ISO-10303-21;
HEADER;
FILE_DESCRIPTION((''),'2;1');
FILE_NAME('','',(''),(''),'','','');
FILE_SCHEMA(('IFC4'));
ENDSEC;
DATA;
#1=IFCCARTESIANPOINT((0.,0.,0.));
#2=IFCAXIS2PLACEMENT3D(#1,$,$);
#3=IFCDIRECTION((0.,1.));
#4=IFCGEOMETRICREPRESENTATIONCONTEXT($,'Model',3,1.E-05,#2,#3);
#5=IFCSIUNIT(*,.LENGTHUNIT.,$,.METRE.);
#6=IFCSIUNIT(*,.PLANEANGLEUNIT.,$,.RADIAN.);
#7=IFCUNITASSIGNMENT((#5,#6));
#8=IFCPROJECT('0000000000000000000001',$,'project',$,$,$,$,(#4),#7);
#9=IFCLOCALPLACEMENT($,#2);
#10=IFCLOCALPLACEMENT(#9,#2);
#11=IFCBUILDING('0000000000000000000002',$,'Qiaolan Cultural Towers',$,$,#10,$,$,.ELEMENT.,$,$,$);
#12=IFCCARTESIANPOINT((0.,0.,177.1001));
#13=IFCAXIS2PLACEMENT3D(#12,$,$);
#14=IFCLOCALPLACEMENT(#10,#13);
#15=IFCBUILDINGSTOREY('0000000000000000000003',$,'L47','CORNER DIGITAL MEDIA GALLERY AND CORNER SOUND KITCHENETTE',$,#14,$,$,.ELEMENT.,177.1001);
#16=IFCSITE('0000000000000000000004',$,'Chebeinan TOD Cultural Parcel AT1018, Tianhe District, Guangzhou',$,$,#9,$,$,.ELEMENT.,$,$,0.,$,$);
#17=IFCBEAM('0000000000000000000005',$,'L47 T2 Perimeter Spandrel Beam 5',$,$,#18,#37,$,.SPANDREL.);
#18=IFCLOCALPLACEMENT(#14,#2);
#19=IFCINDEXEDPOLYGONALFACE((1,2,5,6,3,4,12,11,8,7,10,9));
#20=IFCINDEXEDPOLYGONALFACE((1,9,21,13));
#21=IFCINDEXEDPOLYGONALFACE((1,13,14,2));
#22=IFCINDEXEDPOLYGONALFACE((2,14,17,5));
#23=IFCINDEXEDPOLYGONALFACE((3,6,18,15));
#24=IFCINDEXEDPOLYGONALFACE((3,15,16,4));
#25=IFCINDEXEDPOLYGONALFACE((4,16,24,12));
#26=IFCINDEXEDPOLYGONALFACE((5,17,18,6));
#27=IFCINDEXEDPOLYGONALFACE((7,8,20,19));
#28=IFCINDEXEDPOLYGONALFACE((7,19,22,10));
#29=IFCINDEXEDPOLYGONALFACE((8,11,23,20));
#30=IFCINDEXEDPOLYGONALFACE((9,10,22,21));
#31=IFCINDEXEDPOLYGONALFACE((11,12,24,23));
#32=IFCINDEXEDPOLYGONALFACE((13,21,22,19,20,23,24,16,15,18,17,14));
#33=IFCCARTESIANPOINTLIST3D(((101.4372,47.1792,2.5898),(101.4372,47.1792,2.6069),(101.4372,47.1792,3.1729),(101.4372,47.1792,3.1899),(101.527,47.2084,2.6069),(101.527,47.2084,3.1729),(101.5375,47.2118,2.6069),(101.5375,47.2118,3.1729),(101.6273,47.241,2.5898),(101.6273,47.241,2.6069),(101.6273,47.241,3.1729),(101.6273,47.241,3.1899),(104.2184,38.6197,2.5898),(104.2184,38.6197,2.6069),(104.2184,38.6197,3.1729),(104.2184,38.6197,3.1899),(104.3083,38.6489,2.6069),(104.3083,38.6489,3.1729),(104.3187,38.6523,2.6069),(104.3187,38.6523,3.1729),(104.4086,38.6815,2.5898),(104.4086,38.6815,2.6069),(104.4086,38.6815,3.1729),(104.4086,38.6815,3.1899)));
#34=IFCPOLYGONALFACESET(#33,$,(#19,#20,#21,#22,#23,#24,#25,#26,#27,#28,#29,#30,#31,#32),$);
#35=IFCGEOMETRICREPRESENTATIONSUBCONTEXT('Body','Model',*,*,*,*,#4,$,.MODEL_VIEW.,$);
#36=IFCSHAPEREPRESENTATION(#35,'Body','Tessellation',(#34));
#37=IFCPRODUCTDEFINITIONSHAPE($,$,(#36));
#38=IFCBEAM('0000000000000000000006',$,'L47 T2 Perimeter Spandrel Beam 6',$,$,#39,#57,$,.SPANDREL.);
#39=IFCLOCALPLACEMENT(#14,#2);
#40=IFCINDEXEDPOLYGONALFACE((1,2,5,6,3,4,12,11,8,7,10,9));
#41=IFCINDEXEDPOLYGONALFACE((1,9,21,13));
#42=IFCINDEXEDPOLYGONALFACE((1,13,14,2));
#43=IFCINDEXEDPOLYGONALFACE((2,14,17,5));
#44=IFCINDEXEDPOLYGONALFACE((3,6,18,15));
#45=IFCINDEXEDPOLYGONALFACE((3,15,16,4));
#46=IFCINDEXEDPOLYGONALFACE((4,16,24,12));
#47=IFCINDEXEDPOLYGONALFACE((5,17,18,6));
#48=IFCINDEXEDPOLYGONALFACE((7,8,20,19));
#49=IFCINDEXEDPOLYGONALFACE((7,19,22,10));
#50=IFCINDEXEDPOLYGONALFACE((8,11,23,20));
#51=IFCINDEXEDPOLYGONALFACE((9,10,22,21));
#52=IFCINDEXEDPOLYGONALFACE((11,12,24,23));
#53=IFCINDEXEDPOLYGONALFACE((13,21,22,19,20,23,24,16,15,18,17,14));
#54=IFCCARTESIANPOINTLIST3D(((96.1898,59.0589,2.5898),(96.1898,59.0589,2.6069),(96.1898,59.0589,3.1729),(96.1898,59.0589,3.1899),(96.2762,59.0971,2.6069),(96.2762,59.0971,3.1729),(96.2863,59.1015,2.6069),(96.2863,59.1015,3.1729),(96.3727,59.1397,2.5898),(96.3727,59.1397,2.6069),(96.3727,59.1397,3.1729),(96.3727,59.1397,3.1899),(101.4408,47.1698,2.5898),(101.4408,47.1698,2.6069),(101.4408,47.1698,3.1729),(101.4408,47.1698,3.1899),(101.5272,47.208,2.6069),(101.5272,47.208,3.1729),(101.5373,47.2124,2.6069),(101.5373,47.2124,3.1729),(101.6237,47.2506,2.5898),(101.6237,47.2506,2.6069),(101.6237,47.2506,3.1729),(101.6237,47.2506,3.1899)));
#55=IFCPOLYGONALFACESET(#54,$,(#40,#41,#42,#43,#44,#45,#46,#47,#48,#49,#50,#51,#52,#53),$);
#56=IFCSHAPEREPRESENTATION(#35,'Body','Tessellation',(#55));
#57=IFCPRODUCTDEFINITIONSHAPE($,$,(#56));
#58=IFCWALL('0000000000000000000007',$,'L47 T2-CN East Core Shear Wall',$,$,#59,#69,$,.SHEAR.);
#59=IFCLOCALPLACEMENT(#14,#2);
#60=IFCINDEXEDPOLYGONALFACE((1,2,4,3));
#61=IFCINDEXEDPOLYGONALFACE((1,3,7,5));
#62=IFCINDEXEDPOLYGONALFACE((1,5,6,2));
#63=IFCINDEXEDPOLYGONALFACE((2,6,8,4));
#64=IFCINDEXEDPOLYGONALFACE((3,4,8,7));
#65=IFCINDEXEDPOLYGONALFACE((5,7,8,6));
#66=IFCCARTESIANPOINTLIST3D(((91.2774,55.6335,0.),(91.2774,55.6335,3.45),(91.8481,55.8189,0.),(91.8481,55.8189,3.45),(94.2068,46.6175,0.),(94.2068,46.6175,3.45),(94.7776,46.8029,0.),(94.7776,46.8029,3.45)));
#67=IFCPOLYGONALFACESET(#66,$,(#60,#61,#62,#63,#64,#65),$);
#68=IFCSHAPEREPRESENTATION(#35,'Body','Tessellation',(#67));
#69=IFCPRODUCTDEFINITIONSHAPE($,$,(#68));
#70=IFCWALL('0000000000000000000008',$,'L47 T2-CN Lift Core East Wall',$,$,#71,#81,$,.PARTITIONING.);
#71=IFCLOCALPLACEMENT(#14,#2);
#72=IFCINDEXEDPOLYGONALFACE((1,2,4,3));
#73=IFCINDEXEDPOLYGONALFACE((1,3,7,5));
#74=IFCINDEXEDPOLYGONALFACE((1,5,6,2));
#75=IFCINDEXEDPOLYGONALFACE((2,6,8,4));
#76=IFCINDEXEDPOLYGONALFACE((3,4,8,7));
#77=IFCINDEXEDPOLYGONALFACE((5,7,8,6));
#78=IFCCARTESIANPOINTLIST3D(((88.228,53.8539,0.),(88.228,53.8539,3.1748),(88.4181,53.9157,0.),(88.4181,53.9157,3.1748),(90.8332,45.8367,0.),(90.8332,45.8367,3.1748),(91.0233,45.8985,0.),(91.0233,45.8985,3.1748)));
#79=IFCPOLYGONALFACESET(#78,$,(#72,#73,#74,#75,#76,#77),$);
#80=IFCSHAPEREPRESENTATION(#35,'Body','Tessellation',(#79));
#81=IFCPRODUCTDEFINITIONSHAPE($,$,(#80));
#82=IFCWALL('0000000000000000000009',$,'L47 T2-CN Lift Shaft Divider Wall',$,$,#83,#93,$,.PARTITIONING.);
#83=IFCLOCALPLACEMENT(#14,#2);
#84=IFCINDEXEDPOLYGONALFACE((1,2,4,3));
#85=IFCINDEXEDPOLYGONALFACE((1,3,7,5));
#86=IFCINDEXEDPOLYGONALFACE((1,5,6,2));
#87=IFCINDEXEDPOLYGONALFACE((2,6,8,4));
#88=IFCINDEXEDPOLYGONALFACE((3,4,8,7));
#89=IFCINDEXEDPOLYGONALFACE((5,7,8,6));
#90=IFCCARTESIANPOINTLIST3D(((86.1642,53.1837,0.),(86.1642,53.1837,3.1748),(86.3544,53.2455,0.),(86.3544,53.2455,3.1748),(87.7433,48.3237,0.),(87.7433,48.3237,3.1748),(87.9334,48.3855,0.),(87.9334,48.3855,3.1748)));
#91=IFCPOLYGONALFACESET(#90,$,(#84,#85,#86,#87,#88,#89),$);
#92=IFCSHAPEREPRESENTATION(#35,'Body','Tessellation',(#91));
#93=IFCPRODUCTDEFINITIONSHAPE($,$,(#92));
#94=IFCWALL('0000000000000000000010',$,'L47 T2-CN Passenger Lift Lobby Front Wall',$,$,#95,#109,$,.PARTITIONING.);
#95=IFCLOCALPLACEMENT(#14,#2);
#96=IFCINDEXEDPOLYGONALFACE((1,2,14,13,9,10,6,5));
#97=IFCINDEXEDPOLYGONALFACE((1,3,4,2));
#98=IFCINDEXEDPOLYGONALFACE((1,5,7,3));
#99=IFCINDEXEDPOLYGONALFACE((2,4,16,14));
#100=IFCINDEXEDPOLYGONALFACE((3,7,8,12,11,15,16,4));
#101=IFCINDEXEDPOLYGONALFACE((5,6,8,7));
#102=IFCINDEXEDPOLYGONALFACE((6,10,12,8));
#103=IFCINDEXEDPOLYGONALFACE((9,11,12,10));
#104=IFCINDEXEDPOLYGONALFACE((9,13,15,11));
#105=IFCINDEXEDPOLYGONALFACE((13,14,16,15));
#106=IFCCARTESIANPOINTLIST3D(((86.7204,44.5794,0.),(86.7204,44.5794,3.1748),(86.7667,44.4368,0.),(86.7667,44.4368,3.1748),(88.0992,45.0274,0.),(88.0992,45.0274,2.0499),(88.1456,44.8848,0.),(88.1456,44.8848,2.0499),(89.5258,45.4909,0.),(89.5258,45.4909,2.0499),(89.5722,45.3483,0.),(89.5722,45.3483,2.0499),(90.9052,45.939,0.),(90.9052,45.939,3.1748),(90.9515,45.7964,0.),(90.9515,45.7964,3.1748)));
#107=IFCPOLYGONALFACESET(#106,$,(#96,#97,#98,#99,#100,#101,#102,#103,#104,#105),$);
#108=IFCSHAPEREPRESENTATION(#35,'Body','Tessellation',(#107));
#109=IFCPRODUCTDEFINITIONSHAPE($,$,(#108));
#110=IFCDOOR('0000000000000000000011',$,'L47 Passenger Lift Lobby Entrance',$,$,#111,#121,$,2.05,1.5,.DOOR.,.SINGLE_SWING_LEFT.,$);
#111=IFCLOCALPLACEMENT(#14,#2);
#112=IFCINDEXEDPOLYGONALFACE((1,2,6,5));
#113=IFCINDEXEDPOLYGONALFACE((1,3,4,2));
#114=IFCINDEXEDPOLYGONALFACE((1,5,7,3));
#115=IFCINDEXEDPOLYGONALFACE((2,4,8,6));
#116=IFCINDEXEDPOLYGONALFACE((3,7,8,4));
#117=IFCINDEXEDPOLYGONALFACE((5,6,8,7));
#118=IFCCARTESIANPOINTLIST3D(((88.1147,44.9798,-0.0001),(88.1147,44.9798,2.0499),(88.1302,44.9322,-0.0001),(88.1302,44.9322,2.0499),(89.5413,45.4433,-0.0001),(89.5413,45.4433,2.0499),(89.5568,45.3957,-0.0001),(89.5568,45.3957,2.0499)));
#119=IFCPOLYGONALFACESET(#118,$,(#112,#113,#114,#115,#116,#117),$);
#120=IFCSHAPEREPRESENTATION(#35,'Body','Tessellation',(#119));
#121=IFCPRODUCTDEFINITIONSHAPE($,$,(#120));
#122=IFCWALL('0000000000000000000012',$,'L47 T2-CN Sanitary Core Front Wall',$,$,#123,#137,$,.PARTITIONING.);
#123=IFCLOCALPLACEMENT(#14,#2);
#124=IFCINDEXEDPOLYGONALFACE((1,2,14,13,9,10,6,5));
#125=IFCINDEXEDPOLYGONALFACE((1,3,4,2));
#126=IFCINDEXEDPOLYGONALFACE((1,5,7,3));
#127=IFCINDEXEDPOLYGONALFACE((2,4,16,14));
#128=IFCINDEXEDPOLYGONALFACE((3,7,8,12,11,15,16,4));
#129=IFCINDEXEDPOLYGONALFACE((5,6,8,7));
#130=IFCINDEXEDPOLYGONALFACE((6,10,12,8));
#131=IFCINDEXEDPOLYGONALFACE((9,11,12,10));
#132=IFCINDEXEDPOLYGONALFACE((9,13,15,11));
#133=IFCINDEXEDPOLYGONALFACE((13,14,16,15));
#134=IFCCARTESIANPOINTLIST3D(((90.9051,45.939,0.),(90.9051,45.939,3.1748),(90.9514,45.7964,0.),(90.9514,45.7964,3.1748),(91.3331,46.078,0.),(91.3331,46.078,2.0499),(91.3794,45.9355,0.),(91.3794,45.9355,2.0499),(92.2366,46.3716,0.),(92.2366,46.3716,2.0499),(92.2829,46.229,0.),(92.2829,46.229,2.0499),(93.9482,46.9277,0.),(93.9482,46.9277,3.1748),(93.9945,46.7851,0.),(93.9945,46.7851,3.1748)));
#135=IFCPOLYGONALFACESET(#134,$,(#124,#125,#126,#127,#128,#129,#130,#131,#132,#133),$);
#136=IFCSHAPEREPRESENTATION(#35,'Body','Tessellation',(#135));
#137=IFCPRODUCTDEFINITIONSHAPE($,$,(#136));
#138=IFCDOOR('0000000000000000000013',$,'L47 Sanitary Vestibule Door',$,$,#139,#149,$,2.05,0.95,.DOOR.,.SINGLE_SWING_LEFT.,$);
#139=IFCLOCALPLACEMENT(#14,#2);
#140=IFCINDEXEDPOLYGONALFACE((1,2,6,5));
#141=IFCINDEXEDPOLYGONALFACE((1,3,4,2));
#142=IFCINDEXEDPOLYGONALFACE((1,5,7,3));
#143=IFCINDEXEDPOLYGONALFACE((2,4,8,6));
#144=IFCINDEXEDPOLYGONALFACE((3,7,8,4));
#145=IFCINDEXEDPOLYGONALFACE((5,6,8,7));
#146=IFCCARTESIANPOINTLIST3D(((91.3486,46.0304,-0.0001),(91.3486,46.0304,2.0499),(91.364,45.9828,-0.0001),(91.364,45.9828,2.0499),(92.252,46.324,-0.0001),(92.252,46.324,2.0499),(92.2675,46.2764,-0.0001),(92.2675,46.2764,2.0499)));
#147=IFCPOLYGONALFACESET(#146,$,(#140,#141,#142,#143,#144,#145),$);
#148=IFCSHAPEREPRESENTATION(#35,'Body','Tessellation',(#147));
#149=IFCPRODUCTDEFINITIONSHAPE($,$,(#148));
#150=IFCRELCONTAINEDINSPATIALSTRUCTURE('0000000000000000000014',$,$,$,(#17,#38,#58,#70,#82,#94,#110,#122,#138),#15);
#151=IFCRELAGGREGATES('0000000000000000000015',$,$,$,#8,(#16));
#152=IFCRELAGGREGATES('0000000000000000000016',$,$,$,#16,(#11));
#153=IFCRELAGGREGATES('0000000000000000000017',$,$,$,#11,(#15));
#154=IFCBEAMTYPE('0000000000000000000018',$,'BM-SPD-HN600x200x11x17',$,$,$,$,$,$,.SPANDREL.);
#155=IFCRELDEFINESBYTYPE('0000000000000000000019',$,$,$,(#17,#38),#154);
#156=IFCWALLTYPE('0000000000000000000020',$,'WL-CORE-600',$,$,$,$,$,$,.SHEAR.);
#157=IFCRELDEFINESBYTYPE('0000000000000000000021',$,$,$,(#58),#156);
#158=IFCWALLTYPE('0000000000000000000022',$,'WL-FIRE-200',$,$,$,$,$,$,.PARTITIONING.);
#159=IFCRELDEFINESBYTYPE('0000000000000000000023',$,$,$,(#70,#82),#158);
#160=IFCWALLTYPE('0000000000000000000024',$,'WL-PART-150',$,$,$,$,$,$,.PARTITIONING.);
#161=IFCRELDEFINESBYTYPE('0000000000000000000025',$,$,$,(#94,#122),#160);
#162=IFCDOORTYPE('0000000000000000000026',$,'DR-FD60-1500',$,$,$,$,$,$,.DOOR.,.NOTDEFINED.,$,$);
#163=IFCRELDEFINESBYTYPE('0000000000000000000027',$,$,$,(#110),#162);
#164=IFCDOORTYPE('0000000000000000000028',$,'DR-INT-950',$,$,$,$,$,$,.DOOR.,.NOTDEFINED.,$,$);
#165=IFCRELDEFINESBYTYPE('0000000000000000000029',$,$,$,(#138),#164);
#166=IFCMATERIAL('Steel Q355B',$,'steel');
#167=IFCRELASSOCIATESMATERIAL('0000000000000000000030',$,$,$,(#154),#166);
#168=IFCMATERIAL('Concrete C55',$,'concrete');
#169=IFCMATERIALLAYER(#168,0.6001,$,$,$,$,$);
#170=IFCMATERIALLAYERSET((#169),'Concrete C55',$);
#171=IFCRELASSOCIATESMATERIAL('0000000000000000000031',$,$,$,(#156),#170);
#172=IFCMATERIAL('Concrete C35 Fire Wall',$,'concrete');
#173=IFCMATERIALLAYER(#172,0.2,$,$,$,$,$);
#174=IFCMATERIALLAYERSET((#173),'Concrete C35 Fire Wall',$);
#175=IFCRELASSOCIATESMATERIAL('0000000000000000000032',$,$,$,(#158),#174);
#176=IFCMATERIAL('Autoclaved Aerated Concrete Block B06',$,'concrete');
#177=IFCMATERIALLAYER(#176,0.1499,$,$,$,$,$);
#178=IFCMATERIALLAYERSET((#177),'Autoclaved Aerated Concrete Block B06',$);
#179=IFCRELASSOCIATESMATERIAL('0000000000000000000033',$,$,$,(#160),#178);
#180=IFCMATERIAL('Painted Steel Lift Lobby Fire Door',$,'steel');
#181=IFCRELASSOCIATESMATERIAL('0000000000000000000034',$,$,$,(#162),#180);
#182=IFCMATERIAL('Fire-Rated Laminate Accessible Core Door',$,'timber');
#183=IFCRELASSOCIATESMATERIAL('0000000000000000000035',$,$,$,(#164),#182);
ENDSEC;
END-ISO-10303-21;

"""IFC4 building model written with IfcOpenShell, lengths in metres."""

from ifc_helpers import new_model, si_unit, direction, frame, frame_2d, origin, origin_2d, place, context, subcontext, project, spatial, rectangle, i_section, extrude, material, layer, layer_set, material_profile, profile_set, type_object, element, fill, save


model = new_model("IFC4")

# Units and contexts
model_context = context("Model", 3, precision=1e-05, world=origin(), true_north=direction((0.0, 1.0)))
body_context = subcontext(model_context, "Body", "Model", "MODEL_VIEW")
ifc_project = project(units=[si_unit("LENGTHUNIT", "METRE"), si_unit("PLANEANGLEUNIT", "RADIAN")], contexts=[model_context])

# Site, building, storey
site_placement = place(None, origin())
site = spatial("IfcSite", under=ifc_project, at=site_placement, Name="Chebeinan TOD Cultural Parcel AT1018, Tianhe District, Guangzhou", CompositionType="ELEMENT", RefElevation=0.0)
building_placement = place(site_placement, origin())
building = spatial("IfcBuilding", under=site, at=building_placement, Name="Qiaolan Cultural Towers", CompositionType="ELEMENT")
storey_placement = place(building_placement, frame((0.0, 0.0, 177.1001)))
storey = spatial("IfcBuildingStorey", under=building, at=storey_placement, Name="L47", Description="CORNER DIGITAL MEDIA GALLERY AND CORNER SOUND KITCHENETTE", CompositionType="ELEMENT", Elevation=177.1001)

# Beams
ifc_material_1 = material(Name="Steel Q355B", Category="steel")
ifc_material_profile_1 = material_profile(ifc_material_1, i_section(OverallWidth=0.2, OverallDepth=0.6001, WebThickness=0.011, FlangeThickness=0.0171, at=origin_2d()), Name="HN600x200x11x17")
ifc_profile_set_1 = profile_set([ifc_material_profile_1], Name="Steel Q355B")
beam_type_1 = type_object("IfcBeamType", Name="BM-SPD-HN600x200x11x17", PredefinedType="SPANDREL", material=ifc_profile_set_1)
beam_1_placement = place(storey_placement, frame((104.3135, 38.6506, 2.8899), z_axis=(-0.309025, 0.951054, 0.0), x_axis=(-0.951054, -0.309025, 0.0)))
element("IfcBeam", 1, at=beam_1_placement, inside=storey, type_object=beam_type_1, Name="L47 T2 Perimeter Spandrel Beam 5", PredefinedType="SPANDREL", context=body_context, shape_type="SweptSolid", body=[
    extrude(i_section(OverallWidth=0.2, OverallDepth=0.6001, WebThickness=0.011, FlangeThickness=0.0171, at=origin_2d()), origin(), (0.0, 0.0, 1.0), 9.0),
])
beam_2_placement = place(storey_placement, frame((101.5322, 47.2102, 2.8899), z_axis=(-0.404011, 0.914754, 0.0), x_axis=(-0.914754, -0.404011, 0.0)))
element("IfcBeam", 2, at=beam_2_placement, inside=storey, type_object=beam_type_1, Name="L47 T2 Perimeter Spandrel Beam 6", PredefinedType="SPANDREL", context=body_context, shape_type="SweptSolid", body=[
    extrude(i_section(OverallWidth=0.2, OverallDepth=0.6001, WebThickness=0.011, FlangeThickness=0.0171, at=origin_2d()), origin(), (0.0, 0.0, 1.0), 12.9971),
])

# Walls
ifc_material_2 = material(Name="Concrete C55", Category="concrete")
ifc_layer_1 = layer(ifc_material_2, 0.6001)
ifc_layer_set_1 = layer_set([ifc_layer_1], Name="Concrete C55")
wall_type_1 = type_object("IfcWallType", Name="WL-CORE-600", PredefinedType="SHEAR", material=ifc_layer_set_1)
wall_1_placement = place(storey_placement, frame((94.4922, 46.7102, 0.0), z_axis=(0.0, 0.0, 1.0), x_axis=(-0.30901, 0.951059, 0.0)))
element("IfcWall", 3, at=wall_1_placement, inside=storey, type_object=wall_type_1, Name="L47 T2-CN East Core Shear Wall", PredefinedType="SHEAR", context=body_context, shape_type="SweptSolid", body=[
    extrude(rectangle(XDim=9.48, YDim=0.6001, at=frame_2d((4.74, 0.0))), origin(), (0.0, 0.0, 1.0), 3.45),
])
ifc_material_3 = material(Name="Concrete C35 Fire Wall", Category="concrete")
ifc_layer_2 = layer(ifc_material_3, 0.2)
ifc_layer_set_2 = layer_set([ifc_layer_2], Name="Concrete C35 Fire Wall")
wall_type_2 = type_object("IfcWallType", Name="WL-FIRE-200", PredefinedType="PARTITIONING", material=ifc_layer_set_2)
wall_2_placement = place(storey_placement, frame((90.9282, 45.8677, 0.0), z_axis=(0.0, 0.0, 1.0), x_axis=(-0.309042, 0.951048, 0.0)))
element("IfcWall", 4, at=wall_2_placement, inside=storey, type_object=wall_type_2, Name="L47 T2-CN Lift Core East Wall", PredefinedType="PARTITIONING", context=body_context, shape_type="SweptSolid", body=[
    extrude(rectangle(XDim=8.4299, YDim=0.2, at=frame_2d((4.2148, 0.0))), origin(), (0.0, 0.0, 1.0), 3.1748),
])
wall_3_placement = place(storey_placement, frame((87.8384, 48.3545, 0.0), z_axis=(0.0, 0.0, 1.0), x_axis=(-0.309009, 0.951059, 0.0)))
element("IfcWall", 5, at=wall_3_placement, inside=storey, type_object=wall_type_2, Name="L47 T2-CN Lift Shaft Divider Wall", PredefinedType="PARTITIONING", context=body_context, shape_type="SweptSolid", body=[
    extrude(rectangle(XDim=5.1101, YDim=0.2, at=frame_2d((2.5552, 0.0))), origin(), (0.0, 0.0, 1.0), 3.1748),
])

# Walls, openings, doors
ifc_material_4 = material(Name="Autoclaved Aerated Concrete Block B06", Category="concrete")
ifc_layer_3 = layer(ifc_material_4, 0.1499)
ifc_layer_set_3 = layer_set([ifc_layer_3], Name="Autoclaved Aerated Concrete Block B06")
wall_type_3 = type_object("IfcWallType", Name="WL-PART-150", PredefinedType="PARTITIONING", material=ifc_layer_set_3)
wall_4_placement = place(storey_placement, frame((86.7434, 44.5081, 0.0), z_axis=(0.0, 0.0, 1.0), x_axis=(0.951064, 0.308994, 0.0)))
wall_4 = element("IfcWall", 6, at=wall_4_placement, inside=storey, type_object=wall_type_3, Name="L47 T2-CN Passenger Lift Lobby Front Wall", PredefinedType="PARTITIONING", context=body_context, shape_type="SweptSolid", body=[
    extrude(rectangle(XDim=4.4001, YDim=0.1499, at=frame_2d((2.2002, 0.0))), origin(), (0.0, 0.0, 1.0), 3.1748),
])
opening_1_placement = place(wall_4_placement, frame((1.45, 0.0, 0.0)))
opening_1 = element("IfcOpeningElement", 7, at=opening_1_placement, cuts=wall_4, PredefinedType="OPENING", context=body_context, shape_type="SweptSolid", body=[
    extrude(rectangle(XDim=1.5, YDim=2.05, at=frame_2d((0.75, 1.0249))), frame((0.0, 0.085, 0.0), z_axis=(0.0, -1.0, 0.0), x_axis=(1.0, 0.0, 0.0)), (0.0, 0.0, 1.0), 0.1699),
])
ifc_material_5 = material(Name="Painted Steel Lift Lobby Fire Door", Category="steel")
door_type_1 = type_object("IfcDoorType", Name="DR-FD60-1500", OperationType="NOTDEFINED", PredefinedType="DOOR", material=ifc_material_5)
door_1_placement = place(opening_1_placement, origin())
door_1 = element("IfcDoor", 8, at=door_1_placement, inside=storey, type_object=door_type_1, Name="L47 Passenger Lift Lobby Entrance", OperationType="SINGLE_SWING_LEFT", OverallHeight=2.05, OverallWidth=1.5, PredefinedType="DOOR", context=body_context, shape_type="SweptSolid", body=[
    extrude(rectangle(XDim=1.5, YDim=2.05, at=frame_2d((0.75, 1.0249))), frame((0.0, 0.0249, 0.0), z_axis=(0.0, -1.0, 0.0), x_axis=(1.0, 0.0, 0.0)), (0.0, 0.0, 1.0), 0.05),
])
fill(opening_1, door_1)
wall_5_placement = place(storey_placement, frame((90.9282, 45.8677, 0.0), z_axis=(0.0, 0.0, 1.0), x_axis=(0.951059, 0.309008, 0.0)))
wall_5 = element("IfcWall", 9, at=wall_5_placement, inside=storey, type_object=wall_type_3, Name="L47 T2-CN Sanitary Core Front Wall", PredefinedType="PARTITIONING", context=body_context, shape_type="SweptSolid", body=[
    extrude(rectangle(XDim=3.1997, YDim=0.1499, at=frame_2d((1.5999, 0.0))), origin(), (0.0, 0.0, 1.0), 3.1748),
])
opening_2_placement = place(wall_5_placement, frame((0.45, 0.0, 0.0)))
opening_2 = element("IfcOpeningElement", 10, at=opening_2_placement, cuts=wall_5, PredefinedType="OPENING", context=body_context, shape_type="SweptSolid", body=[
    extrude(rectangle(XDim=0.95, YDim=2.05, at=frame_2d((0.4751, 1.0249))), frame((0.0, 0.085, 0.0), z_axis=(0.0, -1.0, 0.0), x_axis=(1.0, 0.0, 0.0)), (0.0, 0.0, 1.0), 0.1699),
])
ifc_material_6 = material(Name="Fire-Rated Laminate Accessible Core Door", Category="timber")
door_type_2 = type_object("IfcDoorType", Name="DR-INT-950", OperationType="NOTDEFINED", PredefinedType="DOOR", material=ifc_material_6)
door_2_placement = place(opening_2_placement, origin())
door_2 = element("IfcDoor", 11, at=door_2_placement, inside=storey, type_object=door_type_2, Name="L47 Sanitary Vestibule Door", OperationType="SINGLE_SWING_LEFT", OverallHeight=2.05, OverallWidth=0.95, PredefinedType="DOOR", context=body_context, shape_type="SweptSolid", body=[
    extrude(rectangle(XDim=0.95, YDim=2.05, at=frame_2d((0.4751, 1.0249))), frame((0.0, 0.0249, 0.0), z_axis=(0.0, -1.0, 0.0), x_axis=(1.0, 0.0, 0.0)), (0.0, 0.0, 1.0), 0.05),
])
fill(opening_2, door_2)

save(model, "model.ifc")
